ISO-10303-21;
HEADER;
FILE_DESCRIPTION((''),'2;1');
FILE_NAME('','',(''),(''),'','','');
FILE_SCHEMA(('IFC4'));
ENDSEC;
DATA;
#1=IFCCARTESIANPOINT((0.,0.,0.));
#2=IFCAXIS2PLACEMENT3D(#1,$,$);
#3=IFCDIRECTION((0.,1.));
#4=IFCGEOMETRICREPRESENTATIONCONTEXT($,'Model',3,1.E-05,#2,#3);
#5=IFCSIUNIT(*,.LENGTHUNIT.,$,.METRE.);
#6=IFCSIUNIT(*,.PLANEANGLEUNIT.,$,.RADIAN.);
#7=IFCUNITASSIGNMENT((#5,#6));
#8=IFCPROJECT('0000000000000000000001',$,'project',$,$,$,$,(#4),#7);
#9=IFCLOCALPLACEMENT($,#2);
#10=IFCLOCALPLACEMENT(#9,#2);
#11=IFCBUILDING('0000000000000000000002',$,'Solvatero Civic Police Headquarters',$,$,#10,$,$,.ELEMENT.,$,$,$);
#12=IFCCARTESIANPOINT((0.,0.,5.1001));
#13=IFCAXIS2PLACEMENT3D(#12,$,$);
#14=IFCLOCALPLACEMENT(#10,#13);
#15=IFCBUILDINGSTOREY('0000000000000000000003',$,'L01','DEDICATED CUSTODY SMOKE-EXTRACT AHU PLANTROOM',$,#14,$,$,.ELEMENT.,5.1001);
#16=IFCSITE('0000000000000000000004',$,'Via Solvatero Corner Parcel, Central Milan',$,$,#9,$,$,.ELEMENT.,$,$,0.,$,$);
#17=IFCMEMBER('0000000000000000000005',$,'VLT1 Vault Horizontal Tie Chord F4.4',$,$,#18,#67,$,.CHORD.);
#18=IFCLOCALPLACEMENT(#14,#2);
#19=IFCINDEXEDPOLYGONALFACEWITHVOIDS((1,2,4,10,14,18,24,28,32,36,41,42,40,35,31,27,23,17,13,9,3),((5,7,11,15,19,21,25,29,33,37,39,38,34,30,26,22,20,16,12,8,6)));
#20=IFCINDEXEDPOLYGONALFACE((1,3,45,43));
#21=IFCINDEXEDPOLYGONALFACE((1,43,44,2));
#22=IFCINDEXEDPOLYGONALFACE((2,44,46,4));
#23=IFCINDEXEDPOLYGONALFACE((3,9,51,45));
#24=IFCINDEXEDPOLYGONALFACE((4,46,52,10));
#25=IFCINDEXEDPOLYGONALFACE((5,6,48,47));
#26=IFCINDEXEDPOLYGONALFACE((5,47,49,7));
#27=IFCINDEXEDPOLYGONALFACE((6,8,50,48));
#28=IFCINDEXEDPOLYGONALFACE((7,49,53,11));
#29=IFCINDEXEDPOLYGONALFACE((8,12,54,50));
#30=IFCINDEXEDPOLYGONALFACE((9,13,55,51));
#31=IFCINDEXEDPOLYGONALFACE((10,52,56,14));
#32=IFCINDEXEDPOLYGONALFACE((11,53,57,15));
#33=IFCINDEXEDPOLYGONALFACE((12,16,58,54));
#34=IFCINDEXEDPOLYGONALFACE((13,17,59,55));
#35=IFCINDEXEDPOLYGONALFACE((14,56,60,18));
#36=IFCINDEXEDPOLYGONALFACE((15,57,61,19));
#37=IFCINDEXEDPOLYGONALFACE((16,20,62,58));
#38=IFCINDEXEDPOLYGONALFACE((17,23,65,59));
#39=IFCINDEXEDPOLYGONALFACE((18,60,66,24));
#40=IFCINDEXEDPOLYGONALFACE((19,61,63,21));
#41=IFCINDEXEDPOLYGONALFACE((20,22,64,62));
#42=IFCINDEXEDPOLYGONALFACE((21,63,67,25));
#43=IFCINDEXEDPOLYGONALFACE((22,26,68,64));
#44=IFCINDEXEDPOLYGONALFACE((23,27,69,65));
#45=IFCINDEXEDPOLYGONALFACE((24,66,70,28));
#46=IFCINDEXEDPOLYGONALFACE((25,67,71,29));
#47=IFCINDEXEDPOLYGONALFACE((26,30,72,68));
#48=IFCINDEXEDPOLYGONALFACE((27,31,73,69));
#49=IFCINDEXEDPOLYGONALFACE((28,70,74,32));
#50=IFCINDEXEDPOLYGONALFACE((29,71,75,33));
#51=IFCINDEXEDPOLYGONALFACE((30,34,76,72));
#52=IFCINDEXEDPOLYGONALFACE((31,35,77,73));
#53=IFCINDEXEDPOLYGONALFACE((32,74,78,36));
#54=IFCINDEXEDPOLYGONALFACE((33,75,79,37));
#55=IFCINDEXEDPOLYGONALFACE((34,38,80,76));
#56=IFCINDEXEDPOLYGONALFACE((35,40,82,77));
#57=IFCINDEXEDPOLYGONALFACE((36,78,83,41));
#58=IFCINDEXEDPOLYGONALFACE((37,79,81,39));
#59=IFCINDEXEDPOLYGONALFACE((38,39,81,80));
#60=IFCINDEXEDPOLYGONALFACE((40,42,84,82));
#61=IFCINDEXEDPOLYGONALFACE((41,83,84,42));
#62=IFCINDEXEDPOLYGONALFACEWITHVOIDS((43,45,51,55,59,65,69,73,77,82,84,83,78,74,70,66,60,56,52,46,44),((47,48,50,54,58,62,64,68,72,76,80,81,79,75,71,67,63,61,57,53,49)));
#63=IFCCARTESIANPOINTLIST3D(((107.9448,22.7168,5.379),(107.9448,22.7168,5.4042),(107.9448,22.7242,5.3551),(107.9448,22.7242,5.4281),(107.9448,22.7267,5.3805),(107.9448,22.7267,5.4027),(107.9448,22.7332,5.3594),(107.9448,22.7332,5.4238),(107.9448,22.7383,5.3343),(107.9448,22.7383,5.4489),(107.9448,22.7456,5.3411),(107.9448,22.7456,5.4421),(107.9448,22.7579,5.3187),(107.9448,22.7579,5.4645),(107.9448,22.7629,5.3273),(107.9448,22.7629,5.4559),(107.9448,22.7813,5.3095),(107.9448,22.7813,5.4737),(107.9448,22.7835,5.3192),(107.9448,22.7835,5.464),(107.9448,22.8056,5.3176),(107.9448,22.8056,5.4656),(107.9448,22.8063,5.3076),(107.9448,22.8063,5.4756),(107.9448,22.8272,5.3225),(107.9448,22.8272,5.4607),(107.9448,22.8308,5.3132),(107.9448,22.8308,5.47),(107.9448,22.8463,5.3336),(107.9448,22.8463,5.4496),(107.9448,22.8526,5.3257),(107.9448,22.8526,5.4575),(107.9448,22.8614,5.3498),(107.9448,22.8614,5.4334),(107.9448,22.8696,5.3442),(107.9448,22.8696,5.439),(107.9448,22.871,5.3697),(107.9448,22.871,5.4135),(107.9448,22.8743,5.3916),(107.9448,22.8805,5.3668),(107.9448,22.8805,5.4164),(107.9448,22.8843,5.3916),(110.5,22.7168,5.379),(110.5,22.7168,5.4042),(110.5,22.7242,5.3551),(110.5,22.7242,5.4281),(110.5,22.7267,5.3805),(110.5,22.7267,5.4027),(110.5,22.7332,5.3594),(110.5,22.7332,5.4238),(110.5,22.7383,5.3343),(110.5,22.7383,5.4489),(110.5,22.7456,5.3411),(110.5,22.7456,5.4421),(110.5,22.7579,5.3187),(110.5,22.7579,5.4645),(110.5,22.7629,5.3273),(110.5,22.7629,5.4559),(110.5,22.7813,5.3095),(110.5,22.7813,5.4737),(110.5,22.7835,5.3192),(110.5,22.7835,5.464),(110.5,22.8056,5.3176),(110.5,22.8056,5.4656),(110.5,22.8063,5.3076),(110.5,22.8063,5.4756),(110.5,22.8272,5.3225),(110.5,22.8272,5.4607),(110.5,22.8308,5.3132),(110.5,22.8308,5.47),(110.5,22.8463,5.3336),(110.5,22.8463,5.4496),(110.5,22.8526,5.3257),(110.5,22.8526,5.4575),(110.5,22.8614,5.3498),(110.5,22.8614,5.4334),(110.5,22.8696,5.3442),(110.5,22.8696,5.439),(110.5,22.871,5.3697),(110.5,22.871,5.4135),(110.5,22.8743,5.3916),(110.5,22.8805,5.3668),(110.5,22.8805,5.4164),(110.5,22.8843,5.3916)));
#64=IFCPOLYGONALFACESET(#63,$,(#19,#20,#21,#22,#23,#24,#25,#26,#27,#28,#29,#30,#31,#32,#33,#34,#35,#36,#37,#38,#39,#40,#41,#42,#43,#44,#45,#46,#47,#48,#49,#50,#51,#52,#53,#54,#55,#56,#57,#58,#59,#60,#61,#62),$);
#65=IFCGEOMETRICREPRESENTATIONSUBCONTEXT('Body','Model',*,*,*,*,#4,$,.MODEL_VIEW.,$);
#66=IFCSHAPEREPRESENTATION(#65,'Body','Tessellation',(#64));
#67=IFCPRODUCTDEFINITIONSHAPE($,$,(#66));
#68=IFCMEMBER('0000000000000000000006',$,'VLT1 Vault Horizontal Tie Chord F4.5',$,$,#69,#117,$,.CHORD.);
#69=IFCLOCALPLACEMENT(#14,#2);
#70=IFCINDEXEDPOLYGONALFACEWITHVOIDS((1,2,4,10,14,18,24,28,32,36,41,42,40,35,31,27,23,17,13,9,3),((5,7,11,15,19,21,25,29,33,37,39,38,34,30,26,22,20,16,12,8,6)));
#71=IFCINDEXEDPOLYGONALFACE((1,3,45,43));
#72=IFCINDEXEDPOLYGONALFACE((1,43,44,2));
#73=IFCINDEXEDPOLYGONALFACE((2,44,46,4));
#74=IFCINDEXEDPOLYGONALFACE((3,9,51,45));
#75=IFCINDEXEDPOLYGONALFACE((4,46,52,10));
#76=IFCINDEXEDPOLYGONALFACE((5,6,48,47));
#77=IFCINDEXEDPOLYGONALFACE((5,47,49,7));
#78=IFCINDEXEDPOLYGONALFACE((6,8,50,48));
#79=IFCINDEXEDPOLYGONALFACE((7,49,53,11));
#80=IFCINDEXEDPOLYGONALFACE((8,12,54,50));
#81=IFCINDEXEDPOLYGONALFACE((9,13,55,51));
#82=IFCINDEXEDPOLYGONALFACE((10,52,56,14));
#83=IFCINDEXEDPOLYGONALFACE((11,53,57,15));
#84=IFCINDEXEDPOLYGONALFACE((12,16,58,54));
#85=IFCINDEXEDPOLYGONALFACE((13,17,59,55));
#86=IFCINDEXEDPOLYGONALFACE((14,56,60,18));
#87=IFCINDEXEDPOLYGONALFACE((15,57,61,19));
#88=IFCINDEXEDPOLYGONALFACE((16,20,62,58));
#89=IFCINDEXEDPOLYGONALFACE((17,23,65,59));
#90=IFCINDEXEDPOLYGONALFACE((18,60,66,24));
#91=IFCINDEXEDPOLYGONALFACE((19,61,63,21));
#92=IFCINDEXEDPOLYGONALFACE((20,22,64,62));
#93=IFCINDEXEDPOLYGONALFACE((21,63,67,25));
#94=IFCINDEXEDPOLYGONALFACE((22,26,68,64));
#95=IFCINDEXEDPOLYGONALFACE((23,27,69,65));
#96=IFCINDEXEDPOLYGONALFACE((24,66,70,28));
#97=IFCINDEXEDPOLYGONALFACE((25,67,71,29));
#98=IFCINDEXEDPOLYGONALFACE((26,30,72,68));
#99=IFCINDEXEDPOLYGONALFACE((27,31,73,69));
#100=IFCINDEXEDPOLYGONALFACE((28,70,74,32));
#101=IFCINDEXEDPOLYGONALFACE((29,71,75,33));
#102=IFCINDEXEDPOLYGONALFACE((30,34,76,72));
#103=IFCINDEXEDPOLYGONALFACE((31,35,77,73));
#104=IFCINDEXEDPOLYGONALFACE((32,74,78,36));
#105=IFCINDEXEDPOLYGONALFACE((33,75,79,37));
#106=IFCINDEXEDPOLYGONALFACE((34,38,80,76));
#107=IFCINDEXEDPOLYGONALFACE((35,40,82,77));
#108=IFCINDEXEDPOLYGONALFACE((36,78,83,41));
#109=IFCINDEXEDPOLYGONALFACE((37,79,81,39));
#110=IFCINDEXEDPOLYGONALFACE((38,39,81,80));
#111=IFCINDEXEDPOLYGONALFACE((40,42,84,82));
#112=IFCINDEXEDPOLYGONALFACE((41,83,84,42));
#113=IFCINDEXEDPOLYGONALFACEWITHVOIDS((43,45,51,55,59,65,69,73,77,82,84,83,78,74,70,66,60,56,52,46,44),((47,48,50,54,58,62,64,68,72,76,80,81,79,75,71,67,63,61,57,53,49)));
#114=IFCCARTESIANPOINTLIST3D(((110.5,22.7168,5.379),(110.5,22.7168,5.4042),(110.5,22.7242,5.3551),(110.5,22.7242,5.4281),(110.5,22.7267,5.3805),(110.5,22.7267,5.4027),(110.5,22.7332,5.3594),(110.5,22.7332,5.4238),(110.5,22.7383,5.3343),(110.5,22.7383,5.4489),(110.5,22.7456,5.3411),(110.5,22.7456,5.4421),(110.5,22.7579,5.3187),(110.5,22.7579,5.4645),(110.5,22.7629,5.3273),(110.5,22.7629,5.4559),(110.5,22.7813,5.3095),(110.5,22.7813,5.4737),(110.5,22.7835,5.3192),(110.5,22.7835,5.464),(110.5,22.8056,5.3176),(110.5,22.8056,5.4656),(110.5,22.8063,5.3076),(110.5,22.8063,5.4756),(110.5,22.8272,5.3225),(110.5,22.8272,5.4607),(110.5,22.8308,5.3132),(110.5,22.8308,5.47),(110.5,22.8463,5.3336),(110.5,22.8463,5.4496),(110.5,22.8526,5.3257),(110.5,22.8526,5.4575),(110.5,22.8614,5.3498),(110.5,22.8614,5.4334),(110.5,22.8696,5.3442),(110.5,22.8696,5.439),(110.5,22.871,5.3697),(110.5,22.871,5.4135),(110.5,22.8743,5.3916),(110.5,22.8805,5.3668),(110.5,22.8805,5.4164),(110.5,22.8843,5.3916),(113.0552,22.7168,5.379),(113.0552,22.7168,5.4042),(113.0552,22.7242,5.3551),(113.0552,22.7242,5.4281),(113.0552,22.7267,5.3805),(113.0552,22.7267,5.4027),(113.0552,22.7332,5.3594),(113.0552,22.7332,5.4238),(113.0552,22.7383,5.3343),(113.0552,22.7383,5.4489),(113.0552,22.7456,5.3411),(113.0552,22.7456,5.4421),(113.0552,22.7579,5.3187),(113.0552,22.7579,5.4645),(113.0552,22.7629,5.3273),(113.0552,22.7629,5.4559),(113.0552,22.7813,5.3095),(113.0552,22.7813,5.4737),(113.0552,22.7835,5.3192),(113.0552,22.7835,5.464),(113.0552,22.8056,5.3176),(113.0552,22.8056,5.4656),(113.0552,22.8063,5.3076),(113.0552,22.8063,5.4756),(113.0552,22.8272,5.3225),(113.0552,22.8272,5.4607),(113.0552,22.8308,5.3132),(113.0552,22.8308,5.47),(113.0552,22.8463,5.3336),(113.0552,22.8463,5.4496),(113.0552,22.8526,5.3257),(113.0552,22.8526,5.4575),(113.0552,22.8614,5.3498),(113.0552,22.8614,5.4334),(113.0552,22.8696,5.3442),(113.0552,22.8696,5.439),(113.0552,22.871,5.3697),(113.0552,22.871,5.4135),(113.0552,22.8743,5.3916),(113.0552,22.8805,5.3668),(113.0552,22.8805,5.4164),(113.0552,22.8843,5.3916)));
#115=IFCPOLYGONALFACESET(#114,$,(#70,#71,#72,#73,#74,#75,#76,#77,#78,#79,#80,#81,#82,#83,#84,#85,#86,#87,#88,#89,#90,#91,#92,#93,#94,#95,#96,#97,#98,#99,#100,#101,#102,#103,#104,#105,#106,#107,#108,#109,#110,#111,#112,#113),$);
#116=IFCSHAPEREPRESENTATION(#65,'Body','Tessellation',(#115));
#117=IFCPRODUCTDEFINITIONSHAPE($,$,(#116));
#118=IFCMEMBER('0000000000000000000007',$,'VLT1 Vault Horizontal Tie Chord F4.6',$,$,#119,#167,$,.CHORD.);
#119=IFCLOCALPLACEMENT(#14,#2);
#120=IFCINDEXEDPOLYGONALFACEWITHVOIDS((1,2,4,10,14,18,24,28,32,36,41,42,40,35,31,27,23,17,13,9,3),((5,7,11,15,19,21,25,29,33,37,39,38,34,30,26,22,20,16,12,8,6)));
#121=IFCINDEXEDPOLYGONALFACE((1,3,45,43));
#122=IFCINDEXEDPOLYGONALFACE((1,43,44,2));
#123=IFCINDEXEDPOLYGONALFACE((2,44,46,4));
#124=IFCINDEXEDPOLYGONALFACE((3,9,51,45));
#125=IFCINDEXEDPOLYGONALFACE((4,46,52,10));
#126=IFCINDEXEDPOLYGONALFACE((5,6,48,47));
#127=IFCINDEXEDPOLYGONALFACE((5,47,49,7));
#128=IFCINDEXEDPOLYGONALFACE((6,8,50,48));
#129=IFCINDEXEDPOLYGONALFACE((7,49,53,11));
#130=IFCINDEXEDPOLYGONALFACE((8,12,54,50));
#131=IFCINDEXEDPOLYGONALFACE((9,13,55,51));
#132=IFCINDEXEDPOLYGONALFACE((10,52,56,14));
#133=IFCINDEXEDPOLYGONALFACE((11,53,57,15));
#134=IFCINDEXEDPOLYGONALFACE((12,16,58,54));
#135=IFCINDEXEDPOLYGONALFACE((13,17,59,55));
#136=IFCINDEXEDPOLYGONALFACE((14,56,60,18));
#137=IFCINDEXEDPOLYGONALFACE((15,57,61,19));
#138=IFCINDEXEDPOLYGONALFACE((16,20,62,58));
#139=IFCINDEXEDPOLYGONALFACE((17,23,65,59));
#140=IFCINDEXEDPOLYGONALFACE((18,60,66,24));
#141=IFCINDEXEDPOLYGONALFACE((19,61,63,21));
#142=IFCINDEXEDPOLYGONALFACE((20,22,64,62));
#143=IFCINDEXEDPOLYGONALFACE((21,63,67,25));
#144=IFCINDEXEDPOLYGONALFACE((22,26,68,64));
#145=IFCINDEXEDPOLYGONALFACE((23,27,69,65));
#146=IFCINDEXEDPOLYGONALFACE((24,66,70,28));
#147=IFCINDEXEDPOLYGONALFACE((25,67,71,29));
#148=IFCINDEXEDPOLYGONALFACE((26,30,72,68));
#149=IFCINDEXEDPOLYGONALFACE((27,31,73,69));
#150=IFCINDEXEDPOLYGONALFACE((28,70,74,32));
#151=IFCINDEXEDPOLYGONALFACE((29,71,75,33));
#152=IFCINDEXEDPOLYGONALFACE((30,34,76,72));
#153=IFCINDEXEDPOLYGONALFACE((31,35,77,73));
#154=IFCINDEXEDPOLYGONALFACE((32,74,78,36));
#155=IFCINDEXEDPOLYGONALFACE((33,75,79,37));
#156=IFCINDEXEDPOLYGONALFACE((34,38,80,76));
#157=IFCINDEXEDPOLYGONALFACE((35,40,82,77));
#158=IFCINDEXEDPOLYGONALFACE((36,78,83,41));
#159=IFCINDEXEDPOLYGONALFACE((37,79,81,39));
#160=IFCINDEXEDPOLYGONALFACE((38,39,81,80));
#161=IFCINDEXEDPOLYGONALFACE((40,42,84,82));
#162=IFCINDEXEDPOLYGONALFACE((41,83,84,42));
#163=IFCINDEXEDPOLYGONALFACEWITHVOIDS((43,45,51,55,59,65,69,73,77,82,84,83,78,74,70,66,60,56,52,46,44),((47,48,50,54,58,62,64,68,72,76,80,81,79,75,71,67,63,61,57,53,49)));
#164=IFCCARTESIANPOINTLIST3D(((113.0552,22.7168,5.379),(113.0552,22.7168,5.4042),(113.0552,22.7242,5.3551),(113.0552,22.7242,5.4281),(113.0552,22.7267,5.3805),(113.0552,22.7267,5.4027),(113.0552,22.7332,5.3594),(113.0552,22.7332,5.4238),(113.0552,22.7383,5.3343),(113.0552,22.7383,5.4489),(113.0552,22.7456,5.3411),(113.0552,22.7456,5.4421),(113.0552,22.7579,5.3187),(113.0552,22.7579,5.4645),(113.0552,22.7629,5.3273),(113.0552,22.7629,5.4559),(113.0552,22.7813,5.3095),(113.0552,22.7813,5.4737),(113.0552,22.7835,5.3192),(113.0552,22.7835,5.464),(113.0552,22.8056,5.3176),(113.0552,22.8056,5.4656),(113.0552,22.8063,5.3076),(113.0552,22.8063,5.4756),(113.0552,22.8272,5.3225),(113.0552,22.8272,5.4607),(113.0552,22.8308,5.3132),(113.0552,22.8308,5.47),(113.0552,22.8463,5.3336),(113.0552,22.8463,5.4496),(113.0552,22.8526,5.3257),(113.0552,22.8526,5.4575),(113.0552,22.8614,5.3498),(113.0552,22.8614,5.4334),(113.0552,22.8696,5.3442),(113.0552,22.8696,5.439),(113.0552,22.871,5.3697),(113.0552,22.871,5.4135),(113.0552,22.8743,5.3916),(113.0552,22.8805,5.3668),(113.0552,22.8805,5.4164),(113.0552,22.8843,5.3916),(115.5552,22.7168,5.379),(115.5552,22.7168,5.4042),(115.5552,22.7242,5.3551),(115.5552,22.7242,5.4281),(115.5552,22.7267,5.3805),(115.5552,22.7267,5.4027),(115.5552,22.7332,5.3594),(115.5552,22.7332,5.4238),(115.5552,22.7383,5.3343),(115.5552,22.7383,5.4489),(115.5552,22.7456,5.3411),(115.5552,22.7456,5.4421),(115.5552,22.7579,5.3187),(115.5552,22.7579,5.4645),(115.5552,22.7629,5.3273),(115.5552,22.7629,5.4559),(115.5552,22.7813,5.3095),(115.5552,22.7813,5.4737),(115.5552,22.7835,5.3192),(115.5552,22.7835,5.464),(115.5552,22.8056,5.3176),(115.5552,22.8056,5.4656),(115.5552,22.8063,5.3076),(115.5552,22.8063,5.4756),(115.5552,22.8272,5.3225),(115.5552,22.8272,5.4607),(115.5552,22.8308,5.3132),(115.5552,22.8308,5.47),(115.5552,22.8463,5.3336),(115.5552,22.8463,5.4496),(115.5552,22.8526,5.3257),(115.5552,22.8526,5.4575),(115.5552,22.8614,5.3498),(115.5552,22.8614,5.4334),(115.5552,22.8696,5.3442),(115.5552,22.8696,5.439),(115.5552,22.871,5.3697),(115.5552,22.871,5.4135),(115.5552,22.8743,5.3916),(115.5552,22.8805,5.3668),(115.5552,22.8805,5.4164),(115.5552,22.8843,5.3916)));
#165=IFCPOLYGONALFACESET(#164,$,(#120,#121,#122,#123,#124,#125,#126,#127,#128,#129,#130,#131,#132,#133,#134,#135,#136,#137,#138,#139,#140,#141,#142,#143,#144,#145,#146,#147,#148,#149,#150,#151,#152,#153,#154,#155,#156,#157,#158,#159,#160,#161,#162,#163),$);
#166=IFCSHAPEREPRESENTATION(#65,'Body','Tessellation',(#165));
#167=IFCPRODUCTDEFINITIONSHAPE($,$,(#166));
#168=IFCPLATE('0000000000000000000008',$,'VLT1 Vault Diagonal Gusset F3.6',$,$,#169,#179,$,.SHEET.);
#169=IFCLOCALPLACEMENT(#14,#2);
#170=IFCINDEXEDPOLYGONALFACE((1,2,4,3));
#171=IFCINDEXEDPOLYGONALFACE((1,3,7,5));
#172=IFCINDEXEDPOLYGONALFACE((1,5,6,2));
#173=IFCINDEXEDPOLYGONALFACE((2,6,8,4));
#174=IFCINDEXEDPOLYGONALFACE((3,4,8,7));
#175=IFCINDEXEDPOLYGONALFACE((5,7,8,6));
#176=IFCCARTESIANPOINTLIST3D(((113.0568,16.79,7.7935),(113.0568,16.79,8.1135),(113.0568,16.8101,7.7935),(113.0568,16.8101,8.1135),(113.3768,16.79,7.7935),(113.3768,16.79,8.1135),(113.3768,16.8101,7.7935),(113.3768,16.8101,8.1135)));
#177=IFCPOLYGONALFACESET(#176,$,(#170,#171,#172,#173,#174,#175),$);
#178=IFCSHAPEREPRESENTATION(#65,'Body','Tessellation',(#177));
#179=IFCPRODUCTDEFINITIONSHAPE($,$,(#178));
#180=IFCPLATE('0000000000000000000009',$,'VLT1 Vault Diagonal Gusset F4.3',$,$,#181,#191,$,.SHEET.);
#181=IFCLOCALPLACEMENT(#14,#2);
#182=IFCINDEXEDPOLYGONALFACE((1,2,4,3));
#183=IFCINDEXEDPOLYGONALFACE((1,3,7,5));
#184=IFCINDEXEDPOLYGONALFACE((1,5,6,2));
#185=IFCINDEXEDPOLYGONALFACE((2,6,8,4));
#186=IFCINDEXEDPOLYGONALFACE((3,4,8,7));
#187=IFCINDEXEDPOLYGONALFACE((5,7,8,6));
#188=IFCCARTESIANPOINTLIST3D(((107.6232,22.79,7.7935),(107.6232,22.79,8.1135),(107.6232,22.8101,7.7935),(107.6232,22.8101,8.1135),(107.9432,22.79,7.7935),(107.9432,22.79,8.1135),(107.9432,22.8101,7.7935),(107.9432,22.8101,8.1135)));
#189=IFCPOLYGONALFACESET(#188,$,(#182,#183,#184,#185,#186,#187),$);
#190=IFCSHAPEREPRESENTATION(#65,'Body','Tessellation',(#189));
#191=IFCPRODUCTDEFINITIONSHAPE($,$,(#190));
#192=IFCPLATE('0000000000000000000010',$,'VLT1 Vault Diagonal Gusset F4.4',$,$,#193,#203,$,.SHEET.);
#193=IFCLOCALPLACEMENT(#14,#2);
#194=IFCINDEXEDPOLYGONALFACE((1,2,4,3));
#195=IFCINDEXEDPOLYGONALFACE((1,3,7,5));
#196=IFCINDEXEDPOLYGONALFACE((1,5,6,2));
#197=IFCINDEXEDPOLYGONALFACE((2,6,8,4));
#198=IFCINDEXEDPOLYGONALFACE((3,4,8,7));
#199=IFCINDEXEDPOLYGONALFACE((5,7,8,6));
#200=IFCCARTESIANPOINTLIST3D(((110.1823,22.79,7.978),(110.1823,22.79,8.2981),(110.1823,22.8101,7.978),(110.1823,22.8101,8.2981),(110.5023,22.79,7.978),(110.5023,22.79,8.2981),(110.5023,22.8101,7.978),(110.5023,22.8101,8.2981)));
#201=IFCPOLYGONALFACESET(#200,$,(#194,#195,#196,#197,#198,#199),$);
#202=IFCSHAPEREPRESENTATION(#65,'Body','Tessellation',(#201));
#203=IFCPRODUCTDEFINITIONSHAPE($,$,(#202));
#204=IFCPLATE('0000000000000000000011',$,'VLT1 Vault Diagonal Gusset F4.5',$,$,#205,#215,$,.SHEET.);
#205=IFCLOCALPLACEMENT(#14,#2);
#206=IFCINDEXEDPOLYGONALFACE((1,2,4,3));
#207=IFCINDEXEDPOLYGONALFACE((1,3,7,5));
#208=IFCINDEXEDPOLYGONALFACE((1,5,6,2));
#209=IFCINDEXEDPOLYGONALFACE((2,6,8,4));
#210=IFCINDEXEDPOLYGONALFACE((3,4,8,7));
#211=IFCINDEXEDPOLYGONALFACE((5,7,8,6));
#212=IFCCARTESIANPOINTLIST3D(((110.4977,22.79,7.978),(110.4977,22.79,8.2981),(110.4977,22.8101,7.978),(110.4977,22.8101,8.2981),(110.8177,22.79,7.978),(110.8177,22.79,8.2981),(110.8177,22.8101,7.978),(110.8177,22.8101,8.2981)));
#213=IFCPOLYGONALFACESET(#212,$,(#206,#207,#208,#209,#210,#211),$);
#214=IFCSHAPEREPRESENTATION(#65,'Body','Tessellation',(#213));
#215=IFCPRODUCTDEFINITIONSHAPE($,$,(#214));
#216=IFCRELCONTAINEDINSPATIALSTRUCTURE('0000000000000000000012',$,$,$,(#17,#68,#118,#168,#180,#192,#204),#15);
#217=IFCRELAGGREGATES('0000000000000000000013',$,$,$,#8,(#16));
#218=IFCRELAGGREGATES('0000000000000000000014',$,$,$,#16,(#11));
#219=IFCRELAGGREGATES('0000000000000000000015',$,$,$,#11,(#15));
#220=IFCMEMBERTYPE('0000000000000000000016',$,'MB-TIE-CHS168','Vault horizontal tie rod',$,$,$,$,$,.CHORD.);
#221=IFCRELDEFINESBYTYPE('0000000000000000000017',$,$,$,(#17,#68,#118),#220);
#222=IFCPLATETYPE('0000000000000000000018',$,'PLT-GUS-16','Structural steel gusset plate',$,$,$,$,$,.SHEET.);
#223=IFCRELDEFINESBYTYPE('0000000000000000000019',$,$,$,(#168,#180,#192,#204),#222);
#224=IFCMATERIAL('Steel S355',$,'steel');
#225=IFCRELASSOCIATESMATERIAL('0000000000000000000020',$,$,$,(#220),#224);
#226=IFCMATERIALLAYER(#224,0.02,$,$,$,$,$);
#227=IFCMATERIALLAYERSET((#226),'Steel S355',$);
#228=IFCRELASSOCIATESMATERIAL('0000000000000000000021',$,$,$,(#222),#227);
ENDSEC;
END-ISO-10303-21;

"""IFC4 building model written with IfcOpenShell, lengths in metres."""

from ifc_helpers import new_model, si_unit, direction, frame, origin, origin_2d, place, context, subcontext, project, spatial, rectangle, hollow_circle, extrude, material, layer, layer_set, material_profile, profile_set, type_object, element, save


model = new_model("IFC4")

# Units and contexts
model_context = context("Model", 3, precision=1e-05, world=origin(), true_north=direction((0.0, 1.0)))
body_context = subcontext(model_context, "Body", "Model", "MODEL_VIEW")
ifc_project = project(units=[si_unit("LENGTHUNIT", "METRE"), si_unit("PLANEANGLEUNIT", "RADIAN")], contexts=[model_context])

# Site, building, storey
site_placement = place(None, origin())
site = spatial("IfcSite", under=ifc_project, at=site_placement, Name="Via Solvatero Corner Parcel, Central Milan", CompositionType="ELEMENT", RefElevation=0.0)
building_placement = place(site_placement, origin())
building = spatial("IfcBuilding", under=site, at=building_placement, Name="Solvatero Civic Police Headquarters", CompositionType="ELEMENT")
storey_placement = place(building_placement, frame((0.0, 0.0, 5.1001)))
storey = spatial("IfcBuildingStorey", under=building, at=storey_placement, Name="L01", Description="DEDICATED CUSTODY SMOKE-EXTRACT AHU PLANTROOM", CompositionType="ELEMENT", Elevation=5.1001)

# Shared definitions
ifc_material = material(Name="Steel S355", Category="steel")

# Members
ifc_material_profile_1 = material_profile(ifc_material, hollow_circle(Radius=0.0842, WallThickness=0.01, at=origin_2d()), Name="CHS 168.3x10.0")
ifc_profile_set_1 = profile_set([ifc_material_profile_1], Name="Steel S355")
member_type_1 = type_object("IfcMemberType", Name="MB-TIE-CHS168", Description="Vault horizontal tie rod", PredefinedType="CHORD", material=ifc_profile_set_1)
for number, where, z_axis, x_axis, name in (
    (1, (107.9448, 22.8, 5.3916), (1.0, 0.0, 0.0), (0.0, 1.0, 0.0), "VLT1 Vault Horizontal Tie Chord F4.4"),
    (2, (110.5, 22.8, 5.3916), (1.0, 0.0, 0.0), (0.0, 1.0, 0.0), "VLT1 Vault Horizontal Tie Chord F4.5"),
):
    element("IfcMember", number, at=place(storey_placement, frame(where, z_axis=z_axis, x_axis=x_axis)), inside=storey, type_object=member_type_1, Name=name, PredefinedType="CHORD", context=body_context, shape_type="SweptSolid", body=[
        extrude(hollow_circle(Radius=0.0842, WallThickness=0.01, at=origin_2d()), origin(), (0.0, 0.0, 1.0), 2.5552),
    ])
member_1_placement = place(storey_placement, frame((113.0552, 22.8, 5.3916), z_axis=(1.0, 0.0, 0.0), x_axis=(0.0, 1.0, 0.0)))
element("IfcMember", 3, at=member_1_placement, inside=storey, type_object=member_type_1, Name="VLT1 Vault Horizontal Tie Chord F4.6", PredefinedType="CHORD", context=body_context, shape_type="SweptSolid", body=[
    extrude(hollow_circle(Radius=0.0842, WallThickness=0.01, at=origin_2d()), origin(), (0.0, 0.0, 1.0), 2.5),
])

# Plates
ifc_layer = layer(ifc_material, 0.02)
ifc_layer_set = layer_set([ifc_layer], Name="Steel S355")
plate_type = type_object("IfcPlateType", Name="PLT-GUS-16", Description="Structural steel gusset plate", PredefinedType="SHEET", material=ifc_layer_set)
for number, where, z_axis, x_axis, name in (
    (4, (113.2168, 16.8, 7.7935), (0.0, 0.0, 1.0), (1.0, 0.0, 0.0), "VLT1 Vault Diagonal Gusset F3.6"),
    (5, (107.7832, 22.8, 7.7935), (0.0, 0.0, 1.0), (1.0, 0.0, 0.0), "VLT1 Vault Diagonal Gusset F4.3"),
    (6, (110.3423, 22.8, 7.978), (0.0, 0.0, 1.0), (1.0, 0.0, 0.0), "VLT1 Vault Diagonal Gusset F4.4"),
    (7, (110.6577, 22.8, 7.978), (0.0, 0.0, 1.0), (1.0, 0.0, 0.0), "VLT1 Vault Diagonal Gusset F4.5"),
):
    element("IfcPlate", number, at=place(storey_placement, frame(where, z_axis=z_axis, x_axis=x_axis)), inside=storey, type_object=plate_type, Name=name, PredefinedType="SHEET", context=body_context, shape_type="SweptSolid", body=[
        extrude(rectangle(XDim=0.3201, YDim=0.02, at=origin_2d()), origin(), (0.0, 0.0, 1.0), 0.3201),
    ])

save(model, "model.ifc")
